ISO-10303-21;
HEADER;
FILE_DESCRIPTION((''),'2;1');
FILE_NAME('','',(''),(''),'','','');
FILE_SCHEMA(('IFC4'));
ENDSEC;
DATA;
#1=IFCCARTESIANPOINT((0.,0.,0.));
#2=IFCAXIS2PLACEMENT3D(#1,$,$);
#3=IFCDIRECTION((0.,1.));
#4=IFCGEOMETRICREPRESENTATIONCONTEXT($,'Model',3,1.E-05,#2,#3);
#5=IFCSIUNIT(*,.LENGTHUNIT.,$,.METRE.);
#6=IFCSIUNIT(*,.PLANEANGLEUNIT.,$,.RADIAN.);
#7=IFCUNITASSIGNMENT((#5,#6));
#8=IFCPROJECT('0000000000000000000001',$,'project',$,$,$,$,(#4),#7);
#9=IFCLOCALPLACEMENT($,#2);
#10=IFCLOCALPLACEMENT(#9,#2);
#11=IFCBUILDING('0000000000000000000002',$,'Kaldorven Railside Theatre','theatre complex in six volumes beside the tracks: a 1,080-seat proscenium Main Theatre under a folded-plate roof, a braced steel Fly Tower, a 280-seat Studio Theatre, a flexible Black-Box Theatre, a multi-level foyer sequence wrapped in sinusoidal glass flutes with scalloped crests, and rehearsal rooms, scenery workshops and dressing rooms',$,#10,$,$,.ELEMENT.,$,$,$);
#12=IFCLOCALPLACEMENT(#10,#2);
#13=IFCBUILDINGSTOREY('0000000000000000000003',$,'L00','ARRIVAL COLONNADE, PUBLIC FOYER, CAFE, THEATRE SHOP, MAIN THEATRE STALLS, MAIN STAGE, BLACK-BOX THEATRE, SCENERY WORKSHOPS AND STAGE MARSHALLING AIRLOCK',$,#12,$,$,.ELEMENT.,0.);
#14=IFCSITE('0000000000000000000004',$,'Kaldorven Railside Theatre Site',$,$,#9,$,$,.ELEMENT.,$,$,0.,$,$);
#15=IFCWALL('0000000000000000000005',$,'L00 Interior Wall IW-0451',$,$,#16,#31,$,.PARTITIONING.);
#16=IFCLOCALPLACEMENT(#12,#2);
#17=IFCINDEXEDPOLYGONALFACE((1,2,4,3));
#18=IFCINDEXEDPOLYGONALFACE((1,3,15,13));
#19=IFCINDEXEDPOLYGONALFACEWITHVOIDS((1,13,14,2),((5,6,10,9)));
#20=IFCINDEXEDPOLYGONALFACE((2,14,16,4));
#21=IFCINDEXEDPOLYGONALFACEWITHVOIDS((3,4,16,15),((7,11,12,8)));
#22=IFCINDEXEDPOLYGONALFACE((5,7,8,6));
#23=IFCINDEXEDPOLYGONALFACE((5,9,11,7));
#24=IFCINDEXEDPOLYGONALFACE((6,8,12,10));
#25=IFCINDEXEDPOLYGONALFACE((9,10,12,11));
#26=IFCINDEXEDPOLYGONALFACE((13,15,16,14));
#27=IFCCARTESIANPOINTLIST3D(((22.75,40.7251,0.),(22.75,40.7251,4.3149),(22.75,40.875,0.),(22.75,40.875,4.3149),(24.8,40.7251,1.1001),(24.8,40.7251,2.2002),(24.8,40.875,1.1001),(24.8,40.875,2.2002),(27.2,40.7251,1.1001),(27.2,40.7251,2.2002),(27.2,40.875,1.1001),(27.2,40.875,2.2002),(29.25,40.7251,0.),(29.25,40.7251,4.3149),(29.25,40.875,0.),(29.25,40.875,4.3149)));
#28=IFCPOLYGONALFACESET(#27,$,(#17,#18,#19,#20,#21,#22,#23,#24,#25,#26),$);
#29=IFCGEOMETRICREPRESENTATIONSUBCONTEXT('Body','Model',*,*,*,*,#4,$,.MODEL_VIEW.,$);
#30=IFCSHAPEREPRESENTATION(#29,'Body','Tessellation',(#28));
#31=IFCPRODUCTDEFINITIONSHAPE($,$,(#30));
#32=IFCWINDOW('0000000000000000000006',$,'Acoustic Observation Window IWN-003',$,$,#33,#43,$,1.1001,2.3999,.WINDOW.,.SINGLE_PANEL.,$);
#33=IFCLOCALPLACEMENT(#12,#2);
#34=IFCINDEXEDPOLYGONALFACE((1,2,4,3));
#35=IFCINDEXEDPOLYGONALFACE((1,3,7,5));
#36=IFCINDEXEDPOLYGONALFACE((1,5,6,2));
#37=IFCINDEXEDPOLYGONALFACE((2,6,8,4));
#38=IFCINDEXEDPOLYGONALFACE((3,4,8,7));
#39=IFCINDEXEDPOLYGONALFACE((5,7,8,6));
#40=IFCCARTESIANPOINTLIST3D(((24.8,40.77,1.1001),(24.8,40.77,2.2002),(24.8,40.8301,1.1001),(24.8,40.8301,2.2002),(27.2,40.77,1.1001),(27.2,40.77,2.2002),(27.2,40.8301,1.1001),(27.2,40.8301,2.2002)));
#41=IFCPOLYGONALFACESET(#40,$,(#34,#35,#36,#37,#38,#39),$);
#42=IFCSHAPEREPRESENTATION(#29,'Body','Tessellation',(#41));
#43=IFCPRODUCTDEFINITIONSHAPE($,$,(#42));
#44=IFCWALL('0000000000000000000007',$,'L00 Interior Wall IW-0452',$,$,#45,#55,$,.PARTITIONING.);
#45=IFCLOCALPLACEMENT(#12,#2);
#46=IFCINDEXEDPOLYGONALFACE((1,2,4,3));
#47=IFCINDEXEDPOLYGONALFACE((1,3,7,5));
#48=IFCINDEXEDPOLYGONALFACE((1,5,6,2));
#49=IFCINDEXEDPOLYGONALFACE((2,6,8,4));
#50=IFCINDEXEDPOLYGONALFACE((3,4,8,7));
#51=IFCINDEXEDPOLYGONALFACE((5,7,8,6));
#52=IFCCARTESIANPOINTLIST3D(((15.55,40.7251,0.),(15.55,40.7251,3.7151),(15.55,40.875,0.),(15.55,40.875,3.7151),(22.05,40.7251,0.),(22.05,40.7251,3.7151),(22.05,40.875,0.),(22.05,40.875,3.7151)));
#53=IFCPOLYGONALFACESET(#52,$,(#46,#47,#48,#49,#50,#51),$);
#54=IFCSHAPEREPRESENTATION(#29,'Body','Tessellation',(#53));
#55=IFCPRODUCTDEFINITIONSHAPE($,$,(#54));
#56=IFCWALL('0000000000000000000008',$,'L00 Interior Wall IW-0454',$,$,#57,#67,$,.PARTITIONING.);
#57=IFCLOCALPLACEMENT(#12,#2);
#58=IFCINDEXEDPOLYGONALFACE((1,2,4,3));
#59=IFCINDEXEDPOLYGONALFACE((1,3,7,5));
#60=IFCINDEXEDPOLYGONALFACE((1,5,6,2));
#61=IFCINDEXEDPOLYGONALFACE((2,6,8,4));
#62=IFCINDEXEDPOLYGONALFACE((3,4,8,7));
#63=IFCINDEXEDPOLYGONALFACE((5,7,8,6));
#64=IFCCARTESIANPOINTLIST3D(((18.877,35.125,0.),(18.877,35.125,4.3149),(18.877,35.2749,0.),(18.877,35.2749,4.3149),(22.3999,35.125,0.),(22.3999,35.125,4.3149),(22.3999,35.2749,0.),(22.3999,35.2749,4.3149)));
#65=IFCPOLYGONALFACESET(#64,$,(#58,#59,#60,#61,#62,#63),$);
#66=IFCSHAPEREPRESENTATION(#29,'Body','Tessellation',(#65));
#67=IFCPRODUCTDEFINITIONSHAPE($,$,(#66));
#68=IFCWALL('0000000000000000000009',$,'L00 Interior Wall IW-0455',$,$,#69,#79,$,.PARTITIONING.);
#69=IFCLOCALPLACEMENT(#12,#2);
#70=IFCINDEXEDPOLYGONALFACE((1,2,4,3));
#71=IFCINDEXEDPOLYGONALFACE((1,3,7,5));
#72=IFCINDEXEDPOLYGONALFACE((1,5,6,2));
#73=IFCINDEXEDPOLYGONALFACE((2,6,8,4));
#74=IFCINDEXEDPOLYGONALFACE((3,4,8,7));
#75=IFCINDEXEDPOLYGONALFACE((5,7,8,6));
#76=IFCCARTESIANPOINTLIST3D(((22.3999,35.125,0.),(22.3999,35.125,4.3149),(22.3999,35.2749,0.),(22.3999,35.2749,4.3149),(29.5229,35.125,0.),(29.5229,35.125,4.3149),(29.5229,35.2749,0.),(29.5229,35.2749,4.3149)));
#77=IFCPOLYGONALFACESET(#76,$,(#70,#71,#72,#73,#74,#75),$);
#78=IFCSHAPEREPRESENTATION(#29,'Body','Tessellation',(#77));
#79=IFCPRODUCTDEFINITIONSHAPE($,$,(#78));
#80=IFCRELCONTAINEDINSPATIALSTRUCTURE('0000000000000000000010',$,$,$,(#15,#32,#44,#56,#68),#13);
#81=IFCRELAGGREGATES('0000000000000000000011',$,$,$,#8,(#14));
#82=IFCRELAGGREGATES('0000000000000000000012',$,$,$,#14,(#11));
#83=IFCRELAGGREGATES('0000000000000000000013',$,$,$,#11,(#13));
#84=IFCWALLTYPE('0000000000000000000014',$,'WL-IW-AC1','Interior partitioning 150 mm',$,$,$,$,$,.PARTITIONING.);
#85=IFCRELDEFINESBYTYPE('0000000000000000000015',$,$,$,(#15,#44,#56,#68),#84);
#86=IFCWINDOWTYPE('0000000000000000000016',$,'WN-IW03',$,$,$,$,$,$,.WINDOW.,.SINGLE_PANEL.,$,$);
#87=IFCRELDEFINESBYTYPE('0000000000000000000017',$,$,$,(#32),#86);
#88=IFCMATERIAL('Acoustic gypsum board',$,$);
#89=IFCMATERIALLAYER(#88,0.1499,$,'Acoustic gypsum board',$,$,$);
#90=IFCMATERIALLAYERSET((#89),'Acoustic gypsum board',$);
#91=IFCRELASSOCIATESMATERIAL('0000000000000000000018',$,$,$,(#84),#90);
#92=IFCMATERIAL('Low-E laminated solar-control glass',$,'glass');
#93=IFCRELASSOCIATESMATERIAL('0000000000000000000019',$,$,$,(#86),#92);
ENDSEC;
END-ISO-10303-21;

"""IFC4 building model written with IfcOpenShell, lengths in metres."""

from ifc_helpers import new_model, si_unit, direction, frame, frame_2d, origin, place, context, subcontext, project, spatial, rectangle, extrude, material, layer, layer_set, type_object, element, fill, save


model = new_model("IFC4")

# Units and contexts
model_context = context("Model", 3, precision=1e-05, world=origin(), true_north=direction((0.0, 1.0)))
body_context = subcontext(model_context, "Body", "Model", "MODEL_VIEW")
ifc_project = project(units=[si_unit("LENGTHUNIT", "METRE"), si_unit("PLANEANGLEUNIT", "RADIAN")], contexts=[model_context])

# Site, building, storey
site_placement = place(None, origin())
site = spatial("IfcSite", under=ifc_project, at=site_placement, Name="Kaldorven Railside Theatre Site", CompositionType="ELEMENT", RefElevation=0.0)
building_placement = place(site_placement, origin())
building = spatial("IfcBuilding", under=site, at=building_placement, Name="Kaldorven Railside Theatre", Description="theatre complex in six volumes beside the tracks: a 1,080-seat proscenium Main Theatre under a folded-plate roof, a braced steel Fly Tower, a 280-seat Studio Theatre, a flexible Black-Box Theatre, a multi-level foyer sequence wrapped in sinusoidal glass flutes with scalloped crests, and rehearsal rooms, scenery workshops and dressing rooms", CompositionType="ELEMENT")
storey_placement = place(building_placement, origin())
storey = spatial("IfcBuildingStorey", under=building, at=storey_placement, Name="L00", Description="ARRIVAL COLONNADE, PUBLIC FOYER, CAFE, THEATRE SHOP, MAIN THEATRE STALLS, MAIN STAGE, BLACK-BOX THEATRE, SCENERY WORKSHOPS AND STAGE MARSHALLING AIRLOCK", CompositionType="ELEMENT", Elevation=0.0)

# Shared definitions
ifc_material_1 = material(Name="Acoustic gypsum board")
ifc_layer = layer(ifc_material_1, 0.1499, Name="Acoustic gypsum board")
ifc_layer_set = layer_set([ifc_layer], Name="Acoustic gypsum board")
wall_type = type_object("IfcWallType", Name="WL-IW-AC1", Description="Interior partitioning 150 mm", PredefinedType="PARTITIONING", material=ifc_layer_set)
ifc_material_2 = material(Name="Low-E laminated solar-control glass", Category="glass")

# Wall, opening, window
wall_1_placement = place(storey_placement, frame((29.25, 40.8, 0.0), z_axis=(0.0, 0.0, 1.0), x_axis=(-1.0, 0.0, 0.0)))
wall_1 = element("IfcWall", 1, at=wall_1_placement, inside=storey, type_object=wall_type, Name="L00 Interior Wall IW-0451", PredefinedType="PARTITIONING", context=body_context, shape_type="SweptSolid", body=[
    extrude(rectangle(XDim=6.5, YDim=0.1499, at=frame_2d((3.25, 0.0))), origin(), (0.0, 0.0, 1.0), 4.3149),
])
opening_1_placement = place(wall_1_placement, frame((2.05, 0.0, 1.1001)))
opening_1 = element("IfcOpeningElement", 2, at=opening_1_placement, cuts=wall_1, PredefinedType="OPENING", context=body_context, shape_type="SweptSolid", body=[
    extrude(rectangle(XDim=2.3999, YDim=1.1001, at=frame_2d((1.2, 0.55))), frame((0.0, 0.085, 0.0), z_axis=(0.0, -1.0, 0.0), x_axis=(1.0, 0.0, 0.0)), (0.0, 0.0, 1.0), 0.1699),
])
window_type_1 = type_object("IfcWindowType", Name="WN-IW03", PartitioningType="SINGLE_PANEL", PredefinedType="WINDOW", material=ifc_material_2)
window_1_placement = place(opening_1_placement, origin())
window_1 = element("IfcWindow", 3, at=window_1_placement, inside=storey, type_object=window_type_1, Name="Acoustic Observation Window IWN-003", OverallHeight=1.1001, OverallWidth=2.3999, PartitioningType="SINGLE_PANEL", PredefinedType="WINDOW", context=body_context, shape_type="SweptSolid", body=[
    extrude(rectangle(XDim=2.3999, YDim=1.1001, at=frame_2d((1.2, 0.55))), frame((0.0, 0.03, 0.0), z_axis=(0.0, -1.0, 0.0), x_axis=(1.0, 0.0, 0.0)), (0.0, 0.0, 1.0), 0.0601),
])
fill(opening_1, window_1)

# Walls
wall_2_placement = place(storey_placement, frame((22.05, 40.8, 0.0), z_axis=(0.0, 0.0, 1.0), x_axis=(-1.0, 0.0, 0.0)))
element("IfcWall", 4, at=wall_2_placement, inside=storey, type_object=wall_type, Name="L00 Interior Wall IW-0452", PredefinedType="PARTITIONING", context=body_context, shape_type="SweptSolid", body=[
    extrude(rectangle(XDim=6.5, YDim=0.1499, at=frame_2d((3.25, 0.0))), origin(), (0.0, 0.0, 1.0), 3.7151),
])
wall_3_placement = place(storey_placement, frame((18.877, 35.2, 0.0), z_axis=(0.0, 0.0, 1.0), x_axis=(1.0, 0.0, 0.0)))
element("IfcWall", 5, at=wall_3_placement, inside=storey, type_object=wall_type, Name="L00 Interior Wall IW-0454", PredefinedType="PARTITIONING", context=body_context, shape_type="SweptSolid", body=[
    extrude(rectangle(XDim=3.5229, YDim=0.1499, at=frame_2d((1.7615, 0.0))), origin(), (0.0, 0.0, 1.0), 4.3149),
])
wall_4_placement = place(storey_placement, frame((22.3999, 35.2, 0.0), z_axis=(0.0, 0.0, 1.0), x_axis=(1.0, 0.0, 0.0)))
element("IfcWall", 6, at=wall_4_placement, inside=storey, type_object=wall_type, Name="L00 Interior Wall IW-0455", PredefinedType="PARTITIONING", context=body_context, shape_type="SweptSolid", body=[
    extrude(rectangle(XDim=7.123, YDim=0.1499, at=frame_2d((3.5615, 0.0))), origin(), (0.0, 0.0, 1.0), 4.3149),
])

save(model, "model.ifc")
